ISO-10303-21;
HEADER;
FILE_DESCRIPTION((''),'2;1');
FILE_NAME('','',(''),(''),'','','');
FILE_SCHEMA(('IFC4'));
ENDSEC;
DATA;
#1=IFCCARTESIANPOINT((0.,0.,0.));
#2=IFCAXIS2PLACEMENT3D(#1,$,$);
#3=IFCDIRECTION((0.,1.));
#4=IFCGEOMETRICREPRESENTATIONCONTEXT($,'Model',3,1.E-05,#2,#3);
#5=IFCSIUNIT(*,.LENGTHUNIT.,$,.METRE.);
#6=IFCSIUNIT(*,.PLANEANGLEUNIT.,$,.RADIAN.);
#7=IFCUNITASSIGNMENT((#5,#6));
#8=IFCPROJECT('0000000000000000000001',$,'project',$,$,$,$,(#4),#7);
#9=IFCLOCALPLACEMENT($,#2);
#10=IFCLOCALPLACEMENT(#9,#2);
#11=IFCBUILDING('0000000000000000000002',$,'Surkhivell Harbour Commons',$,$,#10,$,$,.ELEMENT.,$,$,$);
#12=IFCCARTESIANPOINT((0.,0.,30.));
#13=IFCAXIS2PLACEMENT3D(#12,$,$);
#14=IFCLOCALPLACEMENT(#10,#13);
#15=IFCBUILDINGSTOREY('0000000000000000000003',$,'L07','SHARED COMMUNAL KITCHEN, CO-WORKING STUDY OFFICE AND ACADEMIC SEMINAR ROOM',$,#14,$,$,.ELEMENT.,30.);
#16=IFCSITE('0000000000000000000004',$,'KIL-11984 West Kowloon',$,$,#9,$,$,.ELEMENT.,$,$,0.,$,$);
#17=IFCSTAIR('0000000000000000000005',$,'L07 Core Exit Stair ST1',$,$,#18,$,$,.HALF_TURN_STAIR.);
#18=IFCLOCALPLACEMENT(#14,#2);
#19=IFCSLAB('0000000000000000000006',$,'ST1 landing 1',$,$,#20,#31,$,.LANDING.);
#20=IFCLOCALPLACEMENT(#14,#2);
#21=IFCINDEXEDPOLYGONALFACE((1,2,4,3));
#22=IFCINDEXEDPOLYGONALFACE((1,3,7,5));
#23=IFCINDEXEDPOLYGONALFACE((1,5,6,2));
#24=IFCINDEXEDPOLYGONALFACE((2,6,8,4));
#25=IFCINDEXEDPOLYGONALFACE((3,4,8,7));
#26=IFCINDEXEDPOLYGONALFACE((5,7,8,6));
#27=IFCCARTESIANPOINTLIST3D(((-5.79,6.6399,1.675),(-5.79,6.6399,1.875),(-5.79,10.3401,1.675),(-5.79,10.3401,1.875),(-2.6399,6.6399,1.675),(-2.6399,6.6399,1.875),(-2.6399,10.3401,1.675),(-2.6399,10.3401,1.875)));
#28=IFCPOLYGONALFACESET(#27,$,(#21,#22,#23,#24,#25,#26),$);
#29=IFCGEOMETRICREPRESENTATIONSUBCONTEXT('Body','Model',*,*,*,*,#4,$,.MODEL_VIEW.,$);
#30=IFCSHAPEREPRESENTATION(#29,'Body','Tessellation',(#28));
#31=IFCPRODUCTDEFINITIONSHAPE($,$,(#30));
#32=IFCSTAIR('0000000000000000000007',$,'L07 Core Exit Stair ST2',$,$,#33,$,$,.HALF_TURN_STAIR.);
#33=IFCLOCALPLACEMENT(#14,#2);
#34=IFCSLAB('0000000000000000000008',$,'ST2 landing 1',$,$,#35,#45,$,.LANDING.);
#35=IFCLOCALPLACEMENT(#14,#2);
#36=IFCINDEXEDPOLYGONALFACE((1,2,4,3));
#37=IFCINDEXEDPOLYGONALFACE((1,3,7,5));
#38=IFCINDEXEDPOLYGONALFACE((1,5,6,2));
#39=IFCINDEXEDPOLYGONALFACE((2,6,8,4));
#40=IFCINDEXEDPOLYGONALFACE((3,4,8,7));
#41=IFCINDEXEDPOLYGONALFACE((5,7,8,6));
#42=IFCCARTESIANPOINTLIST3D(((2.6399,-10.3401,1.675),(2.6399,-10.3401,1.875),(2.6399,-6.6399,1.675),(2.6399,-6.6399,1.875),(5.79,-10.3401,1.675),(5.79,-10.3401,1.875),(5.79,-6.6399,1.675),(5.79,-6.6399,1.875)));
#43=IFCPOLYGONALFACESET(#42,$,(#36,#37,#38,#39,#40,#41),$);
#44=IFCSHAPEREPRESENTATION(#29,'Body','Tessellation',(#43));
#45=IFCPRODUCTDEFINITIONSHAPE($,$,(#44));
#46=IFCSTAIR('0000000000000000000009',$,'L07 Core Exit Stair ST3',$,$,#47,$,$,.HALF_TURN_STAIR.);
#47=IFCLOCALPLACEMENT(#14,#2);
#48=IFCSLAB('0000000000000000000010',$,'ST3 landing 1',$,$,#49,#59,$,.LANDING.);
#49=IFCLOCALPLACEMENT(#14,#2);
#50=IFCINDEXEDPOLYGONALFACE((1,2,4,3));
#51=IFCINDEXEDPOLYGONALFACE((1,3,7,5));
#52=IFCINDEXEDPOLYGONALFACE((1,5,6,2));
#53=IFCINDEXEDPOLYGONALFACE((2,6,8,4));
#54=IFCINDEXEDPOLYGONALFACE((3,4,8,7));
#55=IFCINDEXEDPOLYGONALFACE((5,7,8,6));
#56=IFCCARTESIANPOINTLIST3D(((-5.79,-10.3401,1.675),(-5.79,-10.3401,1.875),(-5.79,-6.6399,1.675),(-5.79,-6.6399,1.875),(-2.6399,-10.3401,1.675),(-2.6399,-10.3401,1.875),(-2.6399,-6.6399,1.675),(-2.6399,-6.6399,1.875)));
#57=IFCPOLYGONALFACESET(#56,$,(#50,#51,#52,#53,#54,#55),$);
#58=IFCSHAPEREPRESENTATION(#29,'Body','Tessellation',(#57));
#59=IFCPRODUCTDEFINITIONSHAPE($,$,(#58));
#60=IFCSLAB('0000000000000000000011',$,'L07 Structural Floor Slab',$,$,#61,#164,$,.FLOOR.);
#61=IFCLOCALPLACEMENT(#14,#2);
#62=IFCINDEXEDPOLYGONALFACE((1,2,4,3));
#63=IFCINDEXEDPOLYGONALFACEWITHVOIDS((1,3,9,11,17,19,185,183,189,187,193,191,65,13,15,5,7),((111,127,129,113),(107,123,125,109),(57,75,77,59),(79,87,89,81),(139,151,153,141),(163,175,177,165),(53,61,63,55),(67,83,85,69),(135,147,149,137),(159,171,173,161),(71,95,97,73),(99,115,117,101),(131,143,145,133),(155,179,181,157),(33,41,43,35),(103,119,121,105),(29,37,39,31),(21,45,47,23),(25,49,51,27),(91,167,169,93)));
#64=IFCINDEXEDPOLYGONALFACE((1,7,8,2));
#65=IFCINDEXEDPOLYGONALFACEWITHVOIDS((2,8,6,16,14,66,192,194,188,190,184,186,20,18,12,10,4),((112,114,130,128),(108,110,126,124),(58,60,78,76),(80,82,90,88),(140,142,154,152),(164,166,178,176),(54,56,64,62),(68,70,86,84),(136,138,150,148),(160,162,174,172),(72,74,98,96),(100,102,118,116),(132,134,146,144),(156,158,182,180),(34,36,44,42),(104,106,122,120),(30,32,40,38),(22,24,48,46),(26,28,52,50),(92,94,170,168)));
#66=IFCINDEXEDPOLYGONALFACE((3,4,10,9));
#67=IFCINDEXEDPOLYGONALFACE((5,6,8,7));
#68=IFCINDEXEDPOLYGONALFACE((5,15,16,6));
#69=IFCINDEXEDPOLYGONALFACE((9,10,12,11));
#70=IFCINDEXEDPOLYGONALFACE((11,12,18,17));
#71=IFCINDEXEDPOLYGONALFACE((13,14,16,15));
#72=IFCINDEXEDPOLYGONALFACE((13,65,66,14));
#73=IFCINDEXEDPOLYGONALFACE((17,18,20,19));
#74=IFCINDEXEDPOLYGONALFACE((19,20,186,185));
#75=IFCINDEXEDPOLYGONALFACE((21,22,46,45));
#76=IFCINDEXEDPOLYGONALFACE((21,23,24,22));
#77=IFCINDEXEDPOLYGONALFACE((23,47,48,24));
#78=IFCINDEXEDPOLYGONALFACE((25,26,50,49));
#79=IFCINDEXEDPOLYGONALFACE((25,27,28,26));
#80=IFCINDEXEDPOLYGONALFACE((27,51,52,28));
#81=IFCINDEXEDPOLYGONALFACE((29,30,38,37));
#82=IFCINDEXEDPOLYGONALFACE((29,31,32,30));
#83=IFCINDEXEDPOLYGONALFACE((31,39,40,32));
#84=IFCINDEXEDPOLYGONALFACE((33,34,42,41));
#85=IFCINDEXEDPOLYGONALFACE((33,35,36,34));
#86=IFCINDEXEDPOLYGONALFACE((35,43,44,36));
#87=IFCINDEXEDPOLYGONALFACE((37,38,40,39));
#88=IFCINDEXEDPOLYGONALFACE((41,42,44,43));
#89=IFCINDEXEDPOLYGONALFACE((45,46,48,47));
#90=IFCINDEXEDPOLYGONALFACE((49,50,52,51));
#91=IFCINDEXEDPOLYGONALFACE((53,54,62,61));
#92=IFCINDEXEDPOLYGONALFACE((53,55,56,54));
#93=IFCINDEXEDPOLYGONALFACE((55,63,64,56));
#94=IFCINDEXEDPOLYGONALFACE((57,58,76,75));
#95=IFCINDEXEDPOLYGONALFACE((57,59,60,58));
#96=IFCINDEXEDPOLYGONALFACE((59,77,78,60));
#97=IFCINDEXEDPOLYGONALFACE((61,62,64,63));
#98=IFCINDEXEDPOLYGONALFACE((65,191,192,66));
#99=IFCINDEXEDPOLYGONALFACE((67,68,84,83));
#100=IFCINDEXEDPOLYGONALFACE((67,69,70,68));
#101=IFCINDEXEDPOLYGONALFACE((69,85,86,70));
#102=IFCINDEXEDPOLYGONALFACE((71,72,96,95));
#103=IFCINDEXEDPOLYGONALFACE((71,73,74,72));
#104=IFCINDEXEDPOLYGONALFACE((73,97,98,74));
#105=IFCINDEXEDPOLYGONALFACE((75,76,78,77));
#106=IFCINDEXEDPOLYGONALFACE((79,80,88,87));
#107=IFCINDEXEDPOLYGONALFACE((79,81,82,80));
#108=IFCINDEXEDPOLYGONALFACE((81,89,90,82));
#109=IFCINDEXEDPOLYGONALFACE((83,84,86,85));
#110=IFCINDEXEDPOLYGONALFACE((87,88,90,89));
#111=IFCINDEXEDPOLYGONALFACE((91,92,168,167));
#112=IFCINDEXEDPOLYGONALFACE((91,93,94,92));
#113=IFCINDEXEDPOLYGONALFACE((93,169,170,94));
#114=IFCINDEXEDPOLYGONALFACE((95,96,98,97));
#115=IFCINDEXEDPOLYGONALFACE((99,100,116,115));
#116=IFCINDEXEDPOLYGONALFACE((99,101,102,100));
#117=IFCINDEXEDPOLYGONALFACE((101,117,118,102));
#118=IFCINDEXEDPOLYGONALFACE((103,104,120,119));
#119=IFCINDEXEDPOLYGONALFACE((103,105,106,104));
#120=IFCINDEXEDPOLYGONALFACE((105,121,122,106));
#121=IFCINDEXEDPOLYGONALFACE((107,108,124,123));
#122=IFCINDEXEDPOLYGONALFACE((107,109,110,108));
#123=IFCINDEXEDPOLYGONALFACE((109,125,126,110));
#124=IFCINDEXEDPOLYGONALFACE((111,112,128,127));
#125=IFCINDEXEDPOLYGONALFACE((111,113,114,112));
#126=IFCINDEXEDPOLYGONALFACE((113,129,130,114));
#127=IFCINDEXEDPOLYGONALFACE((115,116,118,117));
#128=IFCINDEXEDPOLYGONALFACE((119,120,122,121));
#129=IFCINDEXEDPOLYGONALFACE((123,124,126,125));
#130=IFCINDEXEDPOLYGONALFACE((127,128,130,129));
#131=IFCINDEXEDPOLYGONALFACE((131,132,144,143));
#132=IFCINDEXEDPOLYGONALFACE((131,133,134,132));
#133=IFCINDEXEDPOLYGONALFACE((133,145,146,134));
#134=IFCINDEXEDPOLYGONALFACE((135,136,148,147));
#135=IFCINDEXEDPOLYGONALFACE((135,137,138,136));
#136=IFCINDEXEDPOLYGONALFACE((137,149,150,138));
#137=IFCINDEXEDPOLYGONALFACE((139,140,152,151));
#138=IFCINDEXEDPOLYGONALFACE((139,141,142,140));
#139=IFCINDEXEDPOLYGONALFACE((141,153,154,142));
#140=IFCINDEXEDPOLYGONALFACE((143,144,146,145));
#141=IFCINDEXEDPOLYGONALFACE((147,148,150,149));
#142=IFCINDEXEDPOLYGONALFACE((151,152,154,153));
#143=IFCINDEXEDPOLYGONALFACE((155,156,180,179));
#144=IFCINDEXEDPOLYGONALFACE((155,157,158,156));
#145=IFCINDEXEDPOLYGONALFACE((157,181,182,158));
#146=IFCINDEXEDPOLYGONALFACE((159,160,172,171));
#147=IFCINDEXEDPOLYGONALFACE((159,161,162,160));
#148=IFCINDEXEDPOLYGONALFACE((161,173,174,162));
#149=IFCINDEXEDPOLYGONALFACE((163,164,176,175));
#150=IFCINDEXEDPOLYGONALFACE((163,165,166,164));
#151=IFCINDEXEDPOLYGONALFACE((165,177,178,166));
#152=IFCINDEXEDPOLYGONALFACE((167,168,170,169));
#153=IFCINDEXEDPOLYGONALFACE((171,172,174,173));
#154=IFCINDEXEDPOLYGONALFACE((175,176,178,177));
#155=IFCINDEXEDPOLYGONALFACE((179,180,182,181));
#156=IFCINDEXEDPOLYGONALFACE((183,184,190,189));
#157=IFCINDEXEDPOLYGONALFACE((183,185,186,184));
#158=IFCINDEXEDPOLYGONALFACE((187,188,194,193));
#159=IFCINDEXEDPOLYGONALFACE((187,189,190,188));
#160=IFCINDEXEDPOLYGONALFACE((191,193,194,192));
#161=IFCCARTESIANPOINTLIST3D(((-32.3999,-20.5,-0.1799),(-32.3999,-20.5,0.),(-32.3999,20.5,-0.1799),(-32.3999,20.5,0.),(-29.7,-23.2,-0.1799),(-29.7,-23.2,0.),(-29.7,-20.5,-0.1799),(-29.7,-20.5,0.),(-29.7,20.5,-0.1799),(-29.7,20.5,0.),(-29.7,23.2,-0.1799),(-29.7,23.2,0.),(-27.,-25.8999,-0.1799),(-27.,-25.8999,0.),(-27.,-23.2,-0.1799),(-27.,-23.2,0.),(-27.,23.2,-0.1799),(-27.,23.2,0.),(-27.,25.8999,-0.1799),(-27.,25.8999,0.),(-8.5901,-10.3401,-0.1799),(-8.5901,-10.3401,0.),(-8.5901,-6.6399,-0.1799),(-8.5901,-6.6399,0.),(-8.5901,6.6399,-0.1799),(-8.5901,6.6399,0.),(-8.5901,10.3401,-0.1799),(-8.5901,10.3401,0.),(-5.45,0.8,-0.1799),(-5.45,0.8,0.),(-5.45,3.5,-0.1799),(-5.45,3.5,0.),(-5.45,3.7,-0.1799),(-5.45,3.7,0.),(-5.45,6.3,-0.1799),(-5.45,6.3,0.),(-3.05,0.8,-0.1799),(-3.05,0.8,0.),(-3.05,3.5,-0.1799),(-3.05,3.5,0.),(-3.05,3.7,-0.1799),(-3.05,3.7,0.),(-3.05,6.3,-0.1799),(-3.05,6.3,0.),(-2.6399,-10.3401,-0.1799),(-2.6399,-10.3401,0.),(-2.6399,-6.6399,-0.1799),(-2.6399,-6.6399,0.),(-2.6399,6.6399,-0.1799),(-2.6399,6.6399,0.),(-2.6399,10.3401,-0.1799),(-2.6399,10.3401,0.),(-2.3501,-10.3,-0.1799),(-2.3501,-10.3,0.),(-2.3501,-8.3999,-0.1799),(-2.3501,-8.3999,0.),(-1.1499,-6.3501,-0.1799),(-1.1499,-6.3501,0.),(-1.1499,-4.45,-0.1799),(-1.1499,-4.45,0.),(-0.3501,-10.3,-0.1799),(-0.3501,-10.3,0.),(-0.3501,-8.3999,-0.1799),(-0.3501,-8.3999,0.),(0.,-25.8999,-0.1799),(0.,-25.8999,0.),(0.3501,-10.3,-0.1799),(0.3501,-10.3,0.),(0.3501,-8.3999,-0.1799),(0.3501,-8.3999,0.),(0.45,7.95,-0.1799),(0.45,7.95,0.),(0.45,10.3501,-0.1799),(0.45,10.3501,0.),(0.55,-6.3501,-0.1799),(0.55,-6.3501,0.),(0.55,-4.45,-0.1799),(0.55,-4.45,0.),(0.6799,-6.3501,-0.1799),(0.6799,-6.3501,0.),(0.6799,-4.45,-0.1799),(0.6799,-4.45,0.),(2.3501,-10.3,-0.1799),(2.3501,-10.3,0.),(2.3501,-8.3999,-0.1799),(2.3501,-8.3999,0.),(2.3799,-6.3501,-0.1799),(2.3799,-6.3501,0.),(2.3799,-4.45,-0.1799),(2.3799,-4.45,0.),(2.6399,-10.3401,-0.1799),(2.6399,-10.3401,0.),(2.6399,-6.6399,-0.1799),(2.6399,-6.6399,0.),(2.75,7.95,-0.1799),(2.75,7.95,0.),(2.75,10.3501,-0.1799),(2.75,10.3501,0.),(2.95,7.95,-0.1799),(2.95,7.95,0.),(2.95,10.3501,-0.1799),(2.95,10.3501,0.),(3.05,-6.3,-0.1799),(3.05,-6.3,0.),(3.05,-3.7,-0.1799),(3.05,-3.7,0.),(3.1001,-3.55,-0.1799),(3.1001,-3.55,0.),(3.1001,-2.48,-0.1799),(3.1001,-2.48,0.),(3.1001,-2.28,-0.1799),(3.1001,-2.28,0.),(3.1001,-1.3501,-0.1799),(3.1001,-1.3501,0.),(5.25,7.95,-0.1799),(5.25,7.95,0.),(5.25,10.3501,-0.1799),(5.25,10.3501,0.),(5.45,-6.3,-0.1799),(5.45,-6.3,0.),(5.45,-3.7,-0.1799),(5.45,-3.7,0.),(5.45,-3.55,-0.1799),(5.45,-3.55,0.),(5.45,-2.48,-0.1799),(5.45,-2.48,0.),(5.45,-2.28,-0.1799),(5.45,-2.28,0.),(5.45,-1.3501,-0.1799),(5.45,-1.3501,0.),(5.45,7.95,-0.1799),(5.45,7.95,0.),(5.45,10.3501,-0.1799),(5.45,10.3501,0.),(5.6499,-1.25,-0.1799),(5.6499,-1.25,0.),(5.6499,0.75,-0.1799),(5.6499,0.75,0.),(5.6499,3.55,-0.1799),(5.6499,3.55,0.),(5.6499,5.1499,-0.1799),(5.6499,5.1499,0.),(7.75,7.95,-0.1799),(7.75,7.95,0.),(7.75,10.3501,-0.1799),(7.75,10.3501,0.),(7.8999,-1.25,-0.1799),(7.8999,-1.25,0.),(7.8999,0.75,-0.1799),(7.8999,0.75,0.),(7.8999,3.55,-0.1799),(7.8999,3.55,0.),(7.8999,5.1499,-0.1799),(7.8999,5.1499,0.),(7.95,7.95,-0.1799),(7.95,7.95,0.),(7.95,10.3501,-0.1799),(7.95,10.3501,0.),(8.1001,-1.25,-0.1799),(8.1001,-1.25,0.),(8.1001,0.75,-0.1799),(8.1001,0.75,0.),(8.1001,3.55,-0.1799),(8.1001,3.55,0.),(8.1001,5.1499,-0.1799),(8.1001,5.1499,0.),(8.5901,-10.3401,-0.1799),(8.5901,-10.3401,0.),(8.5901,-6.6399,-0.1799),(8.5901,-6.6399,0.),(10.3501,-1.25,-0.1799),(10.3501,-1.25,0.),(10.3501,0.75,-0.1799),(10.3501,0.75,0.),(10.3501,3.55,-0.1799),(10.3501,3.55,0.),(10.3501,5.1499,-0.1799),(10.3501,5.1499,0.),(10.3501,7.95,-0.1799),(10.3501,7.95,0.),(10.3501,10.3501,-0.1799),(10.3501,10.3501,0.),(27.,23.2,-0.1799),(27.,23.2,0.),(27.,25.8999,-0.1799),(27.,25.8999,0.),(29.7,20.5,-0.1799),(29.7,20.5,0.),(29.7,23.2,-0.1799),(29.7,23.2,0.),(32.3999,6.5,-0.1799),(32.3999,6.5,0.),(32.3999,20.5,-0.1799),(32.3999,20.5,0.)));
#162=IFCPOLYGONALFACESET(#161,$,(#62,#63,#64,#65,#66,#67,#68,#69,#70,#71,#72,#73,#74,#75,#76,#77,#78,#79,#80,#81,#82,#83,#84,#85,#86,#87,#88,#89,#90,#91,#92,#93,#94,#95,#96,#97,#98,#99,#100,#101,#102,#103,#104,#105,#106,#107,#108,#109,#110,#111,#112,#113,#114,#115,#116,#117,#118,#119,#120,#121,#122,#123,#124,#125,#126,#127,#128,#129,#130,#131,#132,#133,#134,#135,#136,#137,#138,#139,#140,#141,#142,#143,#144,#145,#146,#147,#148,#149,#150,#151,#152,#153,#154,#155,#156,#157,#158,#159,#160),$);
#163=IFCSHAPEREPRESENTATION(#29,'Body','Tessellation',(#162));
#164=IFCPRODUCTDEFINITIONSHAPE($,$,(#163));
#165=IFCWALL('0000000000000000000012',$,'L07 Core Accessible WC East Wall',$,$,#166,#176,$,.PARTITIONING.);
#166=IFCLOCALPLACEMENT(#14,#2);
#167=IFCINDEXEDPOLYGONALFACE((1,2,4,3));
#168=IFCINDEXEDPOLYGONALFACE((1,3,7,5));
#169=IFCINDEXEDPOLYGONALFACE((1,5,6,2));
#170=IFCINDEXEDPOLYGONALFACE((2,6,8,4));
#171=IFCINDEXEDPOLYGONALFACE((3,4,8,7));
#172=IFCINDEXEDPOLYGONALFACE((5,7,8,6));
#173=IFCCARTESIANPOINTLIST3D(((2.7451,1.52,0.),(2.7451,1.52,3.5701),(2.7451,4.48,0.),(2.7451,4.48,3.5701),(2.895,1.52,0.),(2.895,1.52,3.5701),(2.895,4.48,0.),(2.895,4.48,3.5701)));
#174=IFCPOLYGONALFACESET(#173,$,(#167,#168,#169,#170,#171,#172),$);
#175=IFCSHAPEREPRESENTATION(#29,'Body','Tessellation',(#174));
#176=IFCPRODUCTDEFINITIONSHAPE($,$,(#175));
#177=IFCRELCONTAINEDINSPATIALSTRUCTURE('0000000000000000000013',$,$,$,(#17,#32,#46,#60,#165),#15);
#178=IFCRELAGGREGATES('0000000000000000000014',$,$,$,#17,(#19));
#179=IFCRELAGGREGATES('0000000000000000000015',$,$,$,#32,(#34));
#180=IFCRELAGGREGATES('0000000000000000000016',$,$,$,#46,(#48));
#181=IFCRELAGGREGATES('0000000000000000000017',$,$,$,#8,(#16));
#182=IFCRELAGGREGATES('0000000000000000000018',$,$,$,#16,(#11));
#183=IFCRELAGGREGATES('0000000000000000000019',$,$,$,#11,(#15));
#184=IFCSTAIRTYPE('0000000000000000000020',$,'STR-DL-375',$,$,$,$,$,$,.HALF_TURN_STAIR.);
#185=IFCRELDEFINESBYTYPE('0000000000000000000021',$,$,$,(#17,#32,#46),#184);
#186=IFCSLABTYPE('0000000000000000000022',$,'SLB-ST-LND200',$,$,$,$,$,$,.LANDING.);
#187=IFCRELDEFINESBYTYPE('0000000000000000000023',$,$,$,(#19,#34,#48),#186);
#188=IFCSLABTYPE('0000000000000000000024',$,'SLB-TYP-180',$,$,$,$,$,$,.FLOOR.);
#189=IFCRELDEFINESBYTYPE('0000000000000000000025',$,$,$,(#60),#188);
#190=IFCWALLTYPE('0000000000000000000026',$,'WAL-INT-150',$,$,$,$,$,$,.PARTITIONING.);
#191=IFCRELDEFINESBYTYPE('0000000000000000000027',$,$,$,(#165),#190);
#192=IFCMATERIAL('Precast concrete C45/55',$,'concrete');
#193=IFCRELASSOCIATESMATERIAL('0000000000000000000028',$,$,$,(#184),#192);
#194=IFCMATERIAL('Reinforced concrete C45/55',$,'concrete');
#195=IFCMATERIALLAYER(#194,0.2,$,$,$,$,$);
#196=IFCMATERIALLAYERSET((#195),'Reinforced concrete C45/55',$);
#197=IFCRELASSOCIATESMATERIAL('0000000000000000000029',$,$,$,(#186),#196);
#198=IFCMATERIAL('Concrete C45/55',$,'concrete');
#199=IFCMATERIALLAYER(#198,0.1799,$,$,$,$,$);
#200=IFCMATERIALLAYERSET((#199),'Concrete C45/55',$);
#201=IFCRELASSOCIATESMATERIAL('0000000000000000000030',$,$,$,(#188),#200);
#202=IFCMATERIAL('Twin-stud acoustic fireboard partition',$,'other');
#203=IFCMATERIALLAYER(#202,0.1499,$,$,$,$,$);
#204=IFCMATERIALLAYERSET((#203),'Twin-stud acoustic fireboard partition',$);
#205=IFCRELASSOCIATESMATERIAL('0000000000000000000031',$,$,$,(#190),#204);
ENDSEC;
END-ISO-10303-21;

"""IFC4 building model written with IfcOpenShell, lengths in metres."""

from ifc_helpers import new_model, si_unit, direction, frame, frame_2d, origin, place, context, subcontext, project, spatial, polyline, rectangle, outline, extrude, material, layer, layer_set, type_object, element, aggregate, save


model = new_model("IFC4")

# Units and contexts
model_context = context("Model", 3, precision=1e-05, world=origin(), true_north=direction((0.0, 1.0)))
body_context = subcontext(model_context, "Body", "Model", "MODEL_VIEW")
ifc_project = project(units=[si_unit("LENGTHUNIT", "METRE"), si_unit("PLANEANGLEUNIT", "RADIAN")], contexts=[model_context])

# Site, building, storey
site_placement = place(None, origin())
site = spatial("IfcSite", under=ifc_project, at=site_placement, Name="KIL-11984 West Kowloon", CompositionType="ELEMENT", RefElevation=0.0)
building_placement = place(site_placement, origin())
building = spatial("IfcBuilding", under=site, at=building_placement, Name="Surkhivell Harbour Commons", CompositionType="ELEMENT")
storey_placement = place(building_placement, frame((0.0, 0.0, 30.0)))
storey = spatial("IfcBuildingStorey", under=building, at=storey_placement, Name="L07", Description="SHARED COMMUNAL KITCHEN, CO-WORKING STUDY OFFICE AND ACADEMIC SEMINAR ROOM", CompositionType="ELEMENT", Elevation=30.0)

# Stairs, slabs
ifc_material_1 = material(Name="Precast concrete C45/55", Category="concrete")
stair_type = type_object("IfcStairType", Name="STR-DL-375", PredefinedType="HALF_TURN_STAIR", material=ifc_material_1)
stair_1_placement = place(storey_placement, origin())
stair_1 = element("IfcStair", 1, at=stair_1_placement, inside=storey, type_object=stair_type, Name="L07 Core Exit Stair ST1", PredefinedType="HALF_TURN_STAIR")
ifc_material_2 = material(Name="Reinforced concrete C45/55", Category="concrete")
ifc_layer_1 = layer(ifc_material_2, 0.2)
ifc_layer_set_1 = layer_set([ifc_layer_1], Name="Reinforced concrete C45/55")
slab_type_1 = type_object("IfcSlabType", Name="SLB-ST-LND200", PredefinedType="LANDING", material=ifc_layer_set_1)
slab_1_placement = place(storey_placement, frame((0.0, 0.0, 1.675)))
slab_1 = element("IfcSlab", 2, at=slab_1_placement, type_object=slab_type_1, Name="ST1 landing 1", PredefinedType="LANDING", context=body_context, shape_type="SweptSolid", body=[
    extrude(outline(polyline([(-5.79, 6.6399), (-2.6399, 6.6399), (-2.6399, 10.3401), (-5.79, 10.3401), (-5.79, 6.6399)])), origin(), (0.0, 0.0, 1.0), 0.2),
])
aggregate(stair_1, [slab_1])
stair_2_placement = place(storey_placement, origin())
stair_2 = element("IfcStair", 3, at=stair_2_placement, inside=storey, type_object=stair_type, Name="L07 Core Exit Stair ST2", PredefinedType="HALF_TURN_STAIR")
slab_2_placement = place(storey_placement, frame((0.0, 0.0, 1.675)))
slab_2 = element("IfcSlab", 4, at=slab_2_placement, type_object=slab_type_1, Name="ST2 landing 1", PredefinedType="LANDING", context=body_context, shape_type="SweptSolid", body=[
    extrude(outline(polyline([(5.79, -6.6399), (2.6399, -6.6399), (2.6399, -10.3401), (5.79, -10.3401), (5.79, -6.6399)])), origin(), (0.0, 0.0, 1.0), 0.2),
])
aggregate(stair_2, [slab_2])
stair_3_placement = place(storey_placement, origin())
stair_3 = element("IfcStair", 5, at=stair_3_placement, inside=storey, type_object=stair_type, Name="L07 Core Exit Stair ST3", PredefinedType="HALF_TURN_STAIR")
slab_3_placement = place(storey_placement, frame((0.0, 0.0, 1.675)))
slab_3 = element("IfcSlab", 6, at=slab_3_placement, type_object=slab_type_1, Name="ST3 landing 1", PredefinedType="LANDING", context=body_context, shape_type="SweptSolid", body=[
    extrude(outline(polyline([(-5.79, -10.3401), (-2.6399, -10.3401), (-2.6399, -6.6399), (-5.79, -6.6399), (-5.79, -10.3401)])), origin(), (0.0, 0.0, 1.0), 0.2),
])
aggregate(stair_3, [slab_3])

# Slab
ifc_material_3 = material(Name="Concrete C45/55", Category="concrete")
ifc_layer_2 = layer(ifc_material_3, 0.1799)
ifc_layer_set_2 = layer_set([ifc_layer_2], Name="Concrete C45/55")
slab_type_2 = type_object("IfcSlabType", Name="SLB-TYP-180", PredefinedType="FLOOR", material=ifc_layer_set_2)
slab_4_placement = place(storey_placement, frame((0.0, 0.0, -0.1799)))
element("IfcSlab", 7, at=slab_4_placement, inside=storey, type_object=slab_type_2, Name="L07 Structural Floor Slab", PredefinedType="FLOOR", context=body_context, shape_type="SweptSolid", body=[
    extrude(outline(polyline([(-27.0, -25.8999), (0.0, -25.8999), (32.3999, 6.5), (32.3999, 20.5), (29.7, 20.5), (29.7, 23.2), (27.0, 23.2), (27.0, 25.8999), (-27.0, 25.8999), (-27.0, 23.2), (-29.7, 23.2), (-29.7, 20.5), (-32.3999, 20.5), (-32.3999, -20.5), (-29.7, -20.5), (-29.7, -23.2), (-27.0, -23.2), (-27.0, -25.8999)]), holes=[polyline([(-8.5901, 6.6399), (-2.6399, 6.6399), (-2.6399, 10.3401), (-8.5901, 10.3401), (-8.5901, 6.6399)]), polyline([(8.5901, -6.6399), (2.6399, -6.6399), (2.6399, -10.3401), (8.5901, -10.3401), (8.5901, -6.6399)]), polyline([(-8.5901, -10.3401), (-2.6399, -10.3401), (-2.6399, -6.6399), (-8.5901, -6.6399), (-8.5901, -10.3401)]), polyline([(0.45, 7.95), (2.75, 7.95), (2.75, 10.3501), (0.45, 10.3501), (0.45, 7.95)]), polyline([(2.95, 7.95), (5.25, 7.95), (5.25, 10.3501), (2.95, 10.3501), (2.95, 7.95)]), polyline([(5.45, 7.95), (7.75, 7.95), (7.75, 10.3501), (5.45, 10.3501), (5.45, 7.95)]), polyline([(7.95, 7.95), (10.3501, 7.95), (10.3501, 10.3501), (7.95, 10.3501), (7.95, 7.95)]), polyline([(5.6499, 3.55), (7.8999, 3.55), (7.8999, 5.1499), (5.6499, 5.1499), (5.6499, 3.55)]), polyline([(8.1001, 3.55), (10.3501, 3.55), (10.3501, 5.1499), (8.1001, 5.1499), (8.1001, 3.55)]), polyline([(5.6499, -1.25), (7.8999, -1.25), (7.8999, 0.75), (5.6499, 0.75), (5.6499, -1.25)]), polyline([(8.1001, -1.25), (10.3501, -1.25), (10.3501, 0.75), (8.1001, 0.75), (8.1001, -1.25)]), polyline([(-1.1499, -6.3501), (0.55, -6.3501), (0.55, -4.45), (-1.1499, -4.45), (-1.1499, -6.3501)]), polyline([(0.6799, -6.3501), (2.3799, -6.3501), (2.3799, -4.45), (0.6799, -4.45), (0.6799, -6.3501)]), polyline([(-2.3501, -10.3), (-0.3501, -10.3), (-0.3501, -8.3999), (-2.3501, -8.3999), (-2.3501, -10.3)]), polyline([(0.3501, -10.3), (2.3501, -10.3), (2.3501, -8.3999), (0.3501, -8.3999), (0.3501, -10.3)]), polyline([(-5.45, 3.7), (-3.05, 3.7), (-3.05, 6.3), (-5.45, 6.3), (-5.45, 3.7)]), polyline([(3.05, -6.3), (5.45, -6.3), (5.45, -3.7), (3.05, -3.7), (3.05, -6.3)]), polyline([(-5.45, 0.8), (-3.05, 0.8), (-3.05, 3.5), (-5.45, 3.5), (-5.45, 0.8)]), polyline([(3.1001, -3.55), (5.45, -3.55), (5.45, -2.48), (3.1001, -2.48), (3.1001, -3.55)]), polyline([(3.1001, -2.28), (5.45, -2.28), (5.45, -1.3501), (3.1001, -1.3501), (3.1001, -2.28)])]), origin(), (0.0, 0.0, 1.0), 0.1799),
])

# Wall
ifc_material_4 = material(Name="Twin-stud acoustic fireboard partition", Category="other")
ifc_layer_3 = layer(ifc_material_4, 0.1499)
ifc_layer_set_3 = layer_set([ifc_layer_3], Name="Twin-stud acoustic fireboard partition")
wall_type_1 = type_object("IfcWallType", Name="WAL-INT-150", PredefinedType="PARTITIONING", material=ifc_layer_set_3)
wall_1_placement = place(storey_placement, frame((2.8201, 1.52, 0.0), z_axis=(0.0, 0.0, 1.0), x_axis=(0.0, 1.0, 0.0)))
element("IfcWall", 8, at=wall_1_placement, inside=storey, type_object=wall_type_1, Name="L07 Core Accessible WC East Wall", PredefinedType="PARTITIONING", context=body_context, shape_type="SweptSolid", body=[
    extrude(rectangle(XDim=2.96, YDim=0.1499, at=frame_2d((1.48, 0.0))), origin(), (0.0, 0.0, 1.0), 3.5701),
])

save(model, "model.ifc")
